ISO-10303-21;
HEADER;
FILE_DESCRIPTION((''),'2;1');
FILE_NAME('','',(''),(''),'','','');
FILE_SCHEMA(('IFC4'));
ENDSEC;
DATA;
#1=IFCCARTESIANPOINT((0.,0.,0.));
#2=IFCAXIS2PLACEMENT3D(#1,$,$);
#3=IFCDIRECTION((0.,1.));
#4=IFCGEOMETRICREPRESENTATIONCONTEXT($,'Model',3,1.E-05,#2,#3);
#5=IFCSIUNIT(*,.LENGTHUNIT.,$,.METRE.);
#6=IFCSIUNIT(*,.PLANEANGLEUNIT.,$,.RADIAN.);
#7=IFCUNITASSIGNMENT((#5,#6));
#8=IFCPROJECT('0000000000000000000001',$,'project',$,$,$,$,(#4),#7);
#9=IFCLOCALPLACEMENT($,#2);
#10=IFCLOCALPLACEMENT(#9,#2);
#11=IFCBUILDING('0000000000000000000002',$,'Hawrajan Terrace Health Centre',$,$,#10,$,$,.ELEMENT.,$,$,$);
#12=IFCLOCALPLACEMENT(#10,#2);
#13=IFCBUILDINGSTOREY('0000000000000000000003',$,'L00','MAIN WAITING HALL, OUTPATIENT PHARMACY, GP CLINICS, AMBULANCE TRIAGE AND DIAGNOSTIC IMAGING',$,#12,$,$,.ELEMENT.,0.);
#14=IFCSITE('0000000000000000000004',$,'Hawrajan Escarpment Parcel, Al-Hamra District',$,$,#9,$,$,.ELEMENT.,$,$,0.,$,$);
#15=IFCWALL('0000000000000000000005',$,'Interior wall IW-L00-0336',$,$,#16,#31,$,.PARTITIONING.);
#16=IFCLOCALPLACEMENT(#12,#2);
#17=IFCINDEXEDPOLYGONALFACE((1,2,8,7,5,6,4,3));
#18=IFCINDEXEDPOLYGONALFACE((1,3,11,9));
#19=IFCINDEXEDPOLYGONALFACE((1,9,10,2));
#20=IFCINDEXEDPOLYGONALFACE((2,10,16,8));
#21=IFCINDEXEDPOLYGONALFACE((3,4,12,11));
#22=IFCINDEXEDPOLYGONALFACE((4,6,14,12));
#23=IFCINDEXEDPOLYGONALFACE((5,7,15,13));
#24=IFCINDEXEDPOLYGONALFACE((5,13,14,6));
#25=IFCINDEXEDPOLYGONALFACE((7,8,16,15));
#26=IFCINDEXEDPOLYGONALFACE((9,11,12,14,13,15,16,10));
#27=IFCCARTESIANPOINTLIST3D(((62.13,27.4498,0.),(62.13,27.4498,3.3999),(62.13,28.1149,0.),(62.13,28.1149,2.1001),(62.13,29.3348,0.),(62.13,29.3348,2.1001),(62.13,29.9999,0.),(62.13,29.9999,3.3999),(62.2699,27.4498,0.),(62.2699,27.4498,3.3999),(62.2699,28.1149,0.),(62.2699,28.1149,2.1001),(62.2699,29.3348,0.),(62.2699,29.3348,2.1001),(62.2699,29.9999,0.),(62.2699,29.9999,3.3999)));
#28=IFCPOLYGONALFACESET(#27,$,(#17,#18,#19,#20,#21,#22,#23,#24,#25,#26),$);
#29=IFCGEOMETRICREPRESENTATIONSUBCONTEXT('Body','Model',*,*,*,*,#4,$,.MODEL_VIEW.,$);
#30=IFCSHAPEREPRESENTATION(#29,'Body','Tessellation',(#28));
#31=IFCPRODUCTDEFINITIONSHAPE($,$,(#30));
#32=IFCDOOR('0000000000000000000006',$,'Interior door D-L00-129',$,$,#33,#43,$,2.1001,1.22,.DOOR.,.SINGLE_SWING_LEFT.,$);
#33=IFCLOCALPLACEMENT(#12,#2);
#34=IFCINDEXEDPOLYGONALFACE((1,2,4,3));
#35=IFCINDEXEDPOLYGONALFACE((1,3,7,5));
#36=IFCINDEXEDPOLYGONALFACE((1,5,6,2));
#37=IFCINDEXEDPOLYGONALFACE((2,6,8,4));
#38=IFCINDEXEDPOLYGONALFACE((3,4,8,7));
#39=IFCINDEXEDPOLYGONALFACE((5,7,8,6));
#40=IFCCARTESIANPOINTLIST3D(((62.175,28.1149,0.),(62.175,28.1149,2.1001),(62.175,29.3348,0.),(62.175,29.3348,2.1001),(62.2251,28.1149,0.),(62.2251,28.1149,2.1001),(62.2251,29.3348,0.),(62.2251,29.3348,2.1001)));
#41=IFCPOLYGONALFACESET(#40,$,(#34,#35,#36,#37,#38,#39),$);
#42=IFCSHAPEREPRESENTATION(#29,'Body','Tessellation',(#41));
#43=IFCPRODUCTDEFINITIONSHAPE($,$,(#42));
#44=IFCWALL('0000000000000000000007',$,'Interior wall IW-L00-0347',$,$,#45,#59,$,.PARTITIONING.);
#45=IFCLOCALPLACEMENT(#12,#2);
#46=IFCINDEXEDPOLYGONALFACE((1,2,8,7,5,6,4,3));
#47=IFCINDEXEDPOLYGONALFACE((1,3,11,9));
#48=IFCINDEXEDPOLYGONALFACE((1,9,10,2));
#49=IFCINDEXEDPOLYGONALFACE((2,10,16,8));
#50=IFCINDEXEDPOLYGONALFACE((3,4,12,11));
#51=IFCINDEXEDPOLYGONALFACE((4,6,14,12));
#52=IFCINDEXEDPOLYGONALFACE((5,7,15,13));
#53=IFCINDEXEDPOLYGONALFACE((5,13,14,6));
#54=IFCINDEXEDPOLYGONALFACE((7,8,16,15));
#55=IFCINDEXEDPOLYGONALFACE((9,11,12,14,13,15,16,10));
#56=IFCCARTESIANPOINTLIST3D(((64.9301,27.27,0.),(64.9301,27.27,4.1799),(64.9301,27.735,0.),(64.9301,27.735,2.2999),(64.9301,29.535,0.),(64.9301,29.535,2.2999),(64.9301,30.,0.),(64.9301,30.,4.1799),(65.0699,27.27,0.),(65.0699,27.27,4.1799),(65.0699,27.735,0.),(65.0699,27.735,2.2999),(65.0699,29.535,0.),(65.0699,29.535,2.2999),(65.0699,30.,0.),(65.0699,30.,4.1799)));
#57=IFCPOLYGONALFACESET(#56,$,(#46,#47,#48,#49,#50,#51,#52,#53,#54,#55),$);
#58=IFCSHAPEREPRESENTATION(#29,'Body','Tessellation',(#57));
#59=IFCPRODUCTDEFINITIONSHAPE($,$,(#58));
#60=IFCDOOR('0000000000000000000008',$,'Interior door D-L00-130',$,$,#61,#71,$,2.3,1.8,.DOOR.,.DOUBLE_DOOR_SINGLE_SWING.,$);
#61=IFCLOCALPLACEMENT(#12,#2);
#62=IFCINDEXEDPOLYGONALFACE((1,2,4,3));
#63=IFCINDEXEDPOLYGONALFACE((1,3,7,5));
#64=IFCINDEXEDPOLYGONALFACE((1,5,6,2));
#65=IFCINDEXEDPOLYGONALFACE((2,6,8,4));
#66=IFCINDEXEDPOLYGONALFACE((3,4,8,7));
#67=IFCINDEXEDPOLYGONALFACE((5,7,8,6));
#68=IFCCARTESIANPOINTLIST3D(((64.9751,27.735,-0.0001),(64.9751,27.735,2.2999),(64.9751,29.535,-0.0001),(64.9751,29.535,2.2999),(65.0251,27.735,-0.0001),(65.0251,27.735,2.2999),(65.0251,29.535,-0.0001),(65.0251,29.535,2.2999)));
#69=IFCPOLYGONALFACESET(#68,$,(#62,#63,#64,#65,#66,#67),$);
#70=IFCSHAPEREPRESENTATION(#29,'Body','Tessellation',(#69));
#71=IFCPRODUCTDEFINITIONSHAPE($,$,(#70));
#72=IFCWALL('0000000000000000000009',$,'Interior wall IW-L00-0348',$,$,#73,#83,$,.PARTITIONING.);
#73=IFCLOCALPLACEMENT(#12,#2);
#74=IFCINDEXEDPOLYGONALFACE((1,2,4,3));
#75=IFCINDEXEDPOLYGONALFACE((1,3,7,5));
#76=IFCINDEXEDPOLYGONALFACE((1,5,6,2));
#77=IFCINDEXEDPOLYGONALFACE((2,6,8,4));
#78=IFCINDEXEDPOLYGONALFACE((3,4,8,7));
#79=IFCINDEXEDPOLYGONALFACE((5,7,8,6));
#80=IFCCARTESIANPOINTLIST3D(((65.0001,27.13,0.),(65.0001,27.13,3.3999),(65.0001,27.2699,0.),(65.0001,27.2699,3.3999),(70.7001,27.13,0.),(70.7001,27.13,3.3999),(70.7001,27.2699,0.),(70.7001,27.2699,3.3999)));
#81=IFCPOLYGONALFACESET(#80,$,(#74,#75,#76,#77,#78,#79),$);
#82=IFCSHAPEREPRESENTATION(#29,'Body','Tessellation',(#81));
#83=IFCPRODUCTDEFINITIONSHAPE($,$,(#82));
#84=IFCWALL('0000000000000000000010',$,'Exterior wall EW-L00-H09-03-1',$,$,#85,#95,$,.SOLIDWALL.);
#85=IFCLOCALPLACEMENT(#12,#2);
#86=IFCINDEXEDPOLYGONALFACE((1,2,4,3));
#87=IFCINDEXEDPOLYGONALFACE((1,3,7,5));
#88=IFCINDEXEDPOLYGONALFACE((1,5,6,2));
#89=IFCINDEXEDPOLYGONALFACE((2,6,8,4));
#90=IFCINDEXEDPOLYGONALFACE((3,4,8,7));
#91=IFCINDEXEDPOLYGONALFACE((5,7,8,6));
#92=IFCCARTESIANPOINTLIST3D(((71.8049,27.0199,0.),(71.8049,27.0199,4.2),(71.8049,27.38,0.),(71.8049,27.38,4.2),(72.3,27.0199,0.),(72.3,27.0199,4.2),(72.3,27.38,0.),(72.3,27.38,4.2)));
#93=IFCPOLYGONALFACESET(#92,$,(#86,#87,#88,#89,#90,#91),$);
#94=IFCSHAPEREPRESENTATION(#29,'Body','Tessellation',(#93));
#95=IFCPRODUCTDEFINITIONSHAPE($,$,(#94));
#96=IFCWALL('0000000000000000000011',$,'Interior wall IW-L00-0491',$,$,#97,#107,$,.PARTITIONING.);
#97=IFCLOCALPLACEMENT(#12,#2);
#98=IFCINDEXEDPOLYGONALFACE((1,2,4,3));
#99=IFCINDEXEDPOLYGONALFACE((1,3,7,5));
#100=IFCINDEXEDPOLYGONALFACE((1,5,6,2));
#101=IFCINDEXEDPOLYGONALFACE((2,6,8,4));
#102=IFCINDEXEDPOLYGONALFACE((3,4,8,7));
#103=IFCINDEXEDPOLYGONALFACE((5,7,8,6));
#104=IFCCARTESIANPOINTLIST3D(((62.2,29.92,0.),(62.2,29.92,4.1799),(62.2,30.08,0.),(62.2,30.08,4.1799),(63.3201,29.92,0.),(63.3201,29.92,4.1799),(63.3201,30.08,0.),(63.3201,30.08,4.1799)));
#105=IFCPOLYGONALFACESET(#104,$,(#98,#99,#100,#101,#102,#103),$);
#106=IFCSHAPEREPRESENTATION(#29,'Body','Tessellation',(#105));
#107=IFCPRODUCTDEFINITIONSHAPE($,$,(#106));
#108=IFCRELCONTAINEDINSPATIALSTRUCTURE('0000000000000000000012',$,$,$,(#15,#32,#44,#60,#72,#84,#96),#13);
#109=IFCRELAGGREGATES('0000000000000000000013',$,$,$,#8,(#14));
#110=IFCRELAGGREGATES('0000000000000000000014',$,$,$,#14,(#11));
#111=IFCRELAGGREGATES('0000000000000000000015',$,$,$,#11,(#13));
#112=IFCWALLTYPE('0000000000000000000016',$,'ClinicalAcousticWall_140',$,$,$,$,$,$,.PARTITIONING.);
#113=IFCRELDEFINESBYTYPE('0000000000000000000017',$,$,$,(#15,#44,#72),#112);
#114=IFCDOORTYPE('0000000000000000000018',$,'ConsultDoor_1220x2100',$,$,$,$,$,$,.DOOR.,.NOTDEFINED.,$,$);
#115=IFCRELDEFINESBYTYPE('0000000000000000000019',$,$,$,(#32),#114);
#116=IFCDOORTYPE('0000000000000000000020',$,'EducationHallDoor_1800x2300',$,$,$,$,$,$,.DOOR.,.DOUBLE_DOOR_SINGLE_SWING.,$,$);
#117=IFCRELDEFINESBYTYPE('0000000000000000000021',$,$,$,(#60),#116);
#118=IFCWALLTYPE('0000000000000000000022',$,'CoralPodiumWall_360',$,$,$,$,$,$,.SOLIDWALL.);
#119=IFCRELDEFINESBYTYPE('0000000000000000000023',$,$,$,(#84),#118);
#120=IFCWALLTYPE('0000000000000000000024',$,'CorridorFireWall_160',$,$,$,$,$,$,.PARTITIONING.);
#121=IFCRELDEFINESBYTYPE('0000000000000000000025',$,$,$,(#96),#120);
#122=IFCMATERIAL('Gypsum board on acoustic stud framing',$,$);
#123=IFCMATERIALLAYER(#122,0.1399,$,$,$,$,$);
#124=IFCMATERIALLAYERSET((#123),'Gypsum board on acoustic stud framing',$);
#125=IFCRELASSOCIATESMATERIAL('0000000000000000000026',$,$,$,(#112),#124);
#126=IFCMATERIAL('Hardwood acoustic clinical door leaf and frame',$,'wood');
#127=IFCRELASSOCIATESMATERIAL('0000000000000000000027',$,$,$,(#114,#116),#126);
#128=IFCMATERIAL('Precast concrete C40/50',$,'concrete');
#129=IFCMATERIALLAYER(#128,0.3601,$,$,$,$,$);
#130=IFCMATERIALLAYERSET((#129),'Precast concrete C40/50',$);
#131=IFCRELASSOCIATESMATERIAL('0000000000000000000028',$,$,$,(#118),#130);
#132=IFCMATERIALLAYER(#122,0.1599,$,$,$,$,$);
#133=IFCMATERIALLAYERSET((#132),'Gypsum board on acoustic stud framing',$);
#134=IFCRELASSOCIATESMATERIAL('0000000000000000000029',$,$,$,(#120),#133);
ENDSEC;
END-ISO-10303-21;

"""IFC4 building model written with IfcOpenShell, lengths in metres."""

from ifc_helpers import new_model, si_unit, direction, frame, frame_2d, origin, place, context, subcontext, project, spatial, rectangle, extrude, material, layer, layer_set, type_object, element, fill, save


model = new_model("IFC4")

# Units and contexts
model_context = context("Model", 3, precision=1e-05, world=origin(), true_north=direction((0.0, 1.0)))
body_context = subcontext(model_context, "Body", "Model", "MODEL_VIEW")
ifc_project = project(units=[si_unit("LENGTHUNIT", "METRE"), si_unit("PLANEANGLEUNIT", "RADIAN")], contexts=[model_context])

# Site, building, storey
site_placement = place(None, origin())
site = spatial("IfcSite", under=ifc_project, at=site_placement, Name="Hawrajan Escarpment Parcel, Al-Hamra District", CompositionType="ELEMENT", RefElevation=0.0)
building_placement = place(site_placement, origin())
building = spatial("IfcBuilding", under=site, at=building_placement, Name="Hawrajan Terrace Health Centre", CompositionType="ELEMENT")
storey_placement = place(building_placement, origin())
storey = spatial("IfcBuildingStorey", under=building, at=storey_placement, Name="L00", Description="MAIN WAITING HALL, OUTPATIENT PHARMACY, GP CLINICS, AMBULANCE TRIAGE AND DIAGNOSTIC IMAGING", CompositionType="ELEMENT", Elevation=0.0)

# Walls, openings, doors
ifc_material_1 = material(Name="Gypsum board on acoustic stud framing")
ifc_layer_1 = layer(ifc_material_1, 0.1399)
ifc_layer_set_1 = layer_set([ifc_layer_1], Name="Gypsum board on acoustic stud framing")
wall_type_1 = type_object("IfcWallType", Name="ClinicalAcousticWall_140", PredefinedType="PARTITIONING", material=ifc_layer_set_1)
wall_1_placement = place(storey_placement, frame((62.2, 27.45, 0.0), z_axis=(0.0, 0.0, 1.0), x_axis=(0.0, 1.0, 0.0)))
wall_1 = element("IfcWall", 1, at=wall_1_placement, inside=storey, type_object=wall_type_1, Name="Interior wall IW-L00-0336", PredefinedType="PARTITIONING", context=body_context, shape_type="SweptSolid", body=[
    extrude(rectangle(XDim=2.55, YDim=0.1399, at=frame_2d((1.2749, 0.0))), origin(), (0.0, 0.0, 1.0), 3.3999),
])
opening_1_placement = place(wall_1_placement, frame((0.665, 0.0, 0.0)))
opening_1 = element("IfcOpeningElement", 2, at=opening_1_placement, cuts=wall_1, PredefinedType="OPENING", context=body_context, shape_type="SweptSolid", body=[
    extrude(rectangle(XDim=1.22, YDim=2.1001, at=frame_2d((0.6099, 1.05))), frame((0.0, 0.0798, 0.0), z_axis=(0.0, -1.0, 0.0), x_axis=(1.0, 0.0, 0.0)), (0.0, 0.0, 1.0), 0.1599),
])
ifc_material_2 = material(Name="Hardwood acoustic clinical door leaf and frame", Category="wood")
door_type_1 = type_object("IfcDoorType", Name="ConsultDoor_1220x2100", OperationType="NOTDEFINED", PredefinedType="DOOR", material=ifc_material_2)
door_1_placement = place(opening_1_placement, origin())
door_1 = element("IfcDoor", 3, at=door_1_placement, inside=storey, type_object=door_type_1, Name="Interior door D-L00-129", OperationType="SINGLE_SWING_LEFT", OverallHeight=2.1001, OverallWidth=1.22, PredefinedType="DOOR", context=body_context, shape_type="SweptSolid", body=[
    extrude(rectangle(XDim=1.22, YDim=2.1001, at=frame_2d((0.6099, 1.05))), frame((0.0, 0.0249, 0.0), z_axis=(0.0, -1.0, 0.0), x_axis=(1.0, 0.0, 0.0)), (0.0, 0.0, 1.0), 0.05),
])
fill(opening_1, door_1)
wall_2_placement = place(storey_placement, frame((65.0, 27.27, 0.0), z_axis=(0.0, 0.0, 1.0), x_axis=(0.0, 1.0, 0.0)))
wall_2 = element("IfcWall", 4, at=wall_2_placement, inside=storey, type_object=wall_type_1, Name="Interior wall IW-L00-0347", PredefinedType="PARTITIONING", context=body_context, shape_type="SweptSolid", body=[
    extrude(rectangle(XDim=2.73, YDim=0.1399, at=frame_2d((1.365, 0.0))), origin(), (0.0, 0.0, 1.0), 4.1799),
])
opening_2_placement = place(wall_2_placement, frame((0.4651, 0.0, 0.0)))
opening_2 = element("IfcOpeningElement", 5, at=opening_2_placement, cuts=wall_2, PredefinedType="OPENING", context=body_context, shape_type="SweptSolid", body=[
    extrude(rectangle(XDim=1.8, YDim=2.3, at=frame_2d((0.8999, 1.1499))), frame((0.0, 0.0798, 0.0), z_axis=(0.0, -1.0, 0.0), x_axis=(1.0, 0.0, 0.0)), (0.0, 0.0, 1.0), 0.1599),
])
door_type_2 = type_object("IfcDoorType", Name="EducationHallDoor_1800x2300", OperationType="DOUBLE_DOOR_SINGLE_SWING", PredefinedType="DOOR", material=ifc_material_2)
door_2_placement = place(opening_2_placement, origin())
door_2 = element("IfcDoor", 6, at=door_2_placement, inside=storey, type_object=door_type_2, Name="Interior door D-L00-130", OperationType="DOUBLE_DOOR_SINGLE_SWING", OverallHeight=2.3, OverallWidth=1.8, PredefinedType="DOOR", context=body_context, shape_type="SweptSolid", body=[
    extrude(rectangle(XDim=1.8, YDim=2.3, at=frame_2d((0.8999, 1.1499))), frame((0.0, 0.0249, 0.0), z_axis=(0.0, -1.0, 0.0), x_axis=(1.0, 0.0, 0.0)), (0.0, 0.0, 1.0), 0.05),
])
fill(opening_2, door_2)

# Walls
wall_3_placement = place(storey_placement, frame((65.0, 27.2, 0.0), z_axis=(0.0, 0.0, 1.0), x_axis=(1.0, 0.0, 0.0)))
element("IfcWall", 7, at=wall_3_placement, inside=storey, type_object=wall_type_1, Name="Interior wall IW-L00-0348", PredefinedType="PARTITIONING", context=body_context, shape_type="SweptSolid", body=[
    extrude(rectangle(XDim=5.7, YDim=0.1399, at=frame_2d((2.8501, 0.0))), origin(), (0.0, 0.0, 1.0), 3.3999),
])
ifc_material_3 = material(Name="Precast concrete C40/50", Category="concrete")
ifc_layer_2 = layer(ifc_material_3, 0.3601)
ifc_layer_set_2 = layer_set([ifc_layer_2], Name="Precast concrete C40/50")
wall_type_2 = type_object("IfcWallType", Name="CoralPodiumWall_360", PredefinedType="SOLIDWALL", material=ifc_layer_set_2)
wall_4_placement = place(storey_placement, frame((71.8049, 27.2, 0.0), z_axis=(0.0, 0.0, 1.0), x_axis=(1.0, 0.0, 0.0)))
element("IfcWall", 8, at=wall_4_placement, inside=storey, type_object=wall_type_2, Name="Exterior wall EW-L00-H09-03-1", PredefinedType="SOLIDWALL", context=body_context, shape_type="SweptSolid", body=[
    extrude(rectangle(XDim=0.4951, YDim=0.3601, at=frame_2d((0.2476, 0.0))), origin(), (0.0, 0.0, 1.0), 4.2),
])
ifc_layer_3 = layer(ifc_material_1, 0.1599)
ifc_layer_set_3 = layer_set([ifc_layer_3], Name="Gypsum board on acoustic stud framing")
wall_type_3 = type_object("IfcWallType", Name="CorridorFireWall_160", PredefinedType="PARTITIONING", material=ifc_layer_set_3)
wall_5_placement = place(storey_placement, frame((63.3201, 30.0, 0.0), z_axis=(0.0, 0.0, 1.0), x_axis=(-1.0, 0.0, 0.0)))
element("IfcWall", 9, at=wall_5_placement, inside=storey, type_object=wall_type_3, Name="Interior wall IW-L00-0491", PredefinedType="PARTITIONING", context=body_context, shape_type="SweptSolid", body=[
    extrude(rectangle(XDim=1.1201, YDim=0.1599, at=frame_2d((0.5601, 0.0))), origin(), (0.0, 0.0, 1.0), 4.1799),
])

save(model, "model.ifc")
